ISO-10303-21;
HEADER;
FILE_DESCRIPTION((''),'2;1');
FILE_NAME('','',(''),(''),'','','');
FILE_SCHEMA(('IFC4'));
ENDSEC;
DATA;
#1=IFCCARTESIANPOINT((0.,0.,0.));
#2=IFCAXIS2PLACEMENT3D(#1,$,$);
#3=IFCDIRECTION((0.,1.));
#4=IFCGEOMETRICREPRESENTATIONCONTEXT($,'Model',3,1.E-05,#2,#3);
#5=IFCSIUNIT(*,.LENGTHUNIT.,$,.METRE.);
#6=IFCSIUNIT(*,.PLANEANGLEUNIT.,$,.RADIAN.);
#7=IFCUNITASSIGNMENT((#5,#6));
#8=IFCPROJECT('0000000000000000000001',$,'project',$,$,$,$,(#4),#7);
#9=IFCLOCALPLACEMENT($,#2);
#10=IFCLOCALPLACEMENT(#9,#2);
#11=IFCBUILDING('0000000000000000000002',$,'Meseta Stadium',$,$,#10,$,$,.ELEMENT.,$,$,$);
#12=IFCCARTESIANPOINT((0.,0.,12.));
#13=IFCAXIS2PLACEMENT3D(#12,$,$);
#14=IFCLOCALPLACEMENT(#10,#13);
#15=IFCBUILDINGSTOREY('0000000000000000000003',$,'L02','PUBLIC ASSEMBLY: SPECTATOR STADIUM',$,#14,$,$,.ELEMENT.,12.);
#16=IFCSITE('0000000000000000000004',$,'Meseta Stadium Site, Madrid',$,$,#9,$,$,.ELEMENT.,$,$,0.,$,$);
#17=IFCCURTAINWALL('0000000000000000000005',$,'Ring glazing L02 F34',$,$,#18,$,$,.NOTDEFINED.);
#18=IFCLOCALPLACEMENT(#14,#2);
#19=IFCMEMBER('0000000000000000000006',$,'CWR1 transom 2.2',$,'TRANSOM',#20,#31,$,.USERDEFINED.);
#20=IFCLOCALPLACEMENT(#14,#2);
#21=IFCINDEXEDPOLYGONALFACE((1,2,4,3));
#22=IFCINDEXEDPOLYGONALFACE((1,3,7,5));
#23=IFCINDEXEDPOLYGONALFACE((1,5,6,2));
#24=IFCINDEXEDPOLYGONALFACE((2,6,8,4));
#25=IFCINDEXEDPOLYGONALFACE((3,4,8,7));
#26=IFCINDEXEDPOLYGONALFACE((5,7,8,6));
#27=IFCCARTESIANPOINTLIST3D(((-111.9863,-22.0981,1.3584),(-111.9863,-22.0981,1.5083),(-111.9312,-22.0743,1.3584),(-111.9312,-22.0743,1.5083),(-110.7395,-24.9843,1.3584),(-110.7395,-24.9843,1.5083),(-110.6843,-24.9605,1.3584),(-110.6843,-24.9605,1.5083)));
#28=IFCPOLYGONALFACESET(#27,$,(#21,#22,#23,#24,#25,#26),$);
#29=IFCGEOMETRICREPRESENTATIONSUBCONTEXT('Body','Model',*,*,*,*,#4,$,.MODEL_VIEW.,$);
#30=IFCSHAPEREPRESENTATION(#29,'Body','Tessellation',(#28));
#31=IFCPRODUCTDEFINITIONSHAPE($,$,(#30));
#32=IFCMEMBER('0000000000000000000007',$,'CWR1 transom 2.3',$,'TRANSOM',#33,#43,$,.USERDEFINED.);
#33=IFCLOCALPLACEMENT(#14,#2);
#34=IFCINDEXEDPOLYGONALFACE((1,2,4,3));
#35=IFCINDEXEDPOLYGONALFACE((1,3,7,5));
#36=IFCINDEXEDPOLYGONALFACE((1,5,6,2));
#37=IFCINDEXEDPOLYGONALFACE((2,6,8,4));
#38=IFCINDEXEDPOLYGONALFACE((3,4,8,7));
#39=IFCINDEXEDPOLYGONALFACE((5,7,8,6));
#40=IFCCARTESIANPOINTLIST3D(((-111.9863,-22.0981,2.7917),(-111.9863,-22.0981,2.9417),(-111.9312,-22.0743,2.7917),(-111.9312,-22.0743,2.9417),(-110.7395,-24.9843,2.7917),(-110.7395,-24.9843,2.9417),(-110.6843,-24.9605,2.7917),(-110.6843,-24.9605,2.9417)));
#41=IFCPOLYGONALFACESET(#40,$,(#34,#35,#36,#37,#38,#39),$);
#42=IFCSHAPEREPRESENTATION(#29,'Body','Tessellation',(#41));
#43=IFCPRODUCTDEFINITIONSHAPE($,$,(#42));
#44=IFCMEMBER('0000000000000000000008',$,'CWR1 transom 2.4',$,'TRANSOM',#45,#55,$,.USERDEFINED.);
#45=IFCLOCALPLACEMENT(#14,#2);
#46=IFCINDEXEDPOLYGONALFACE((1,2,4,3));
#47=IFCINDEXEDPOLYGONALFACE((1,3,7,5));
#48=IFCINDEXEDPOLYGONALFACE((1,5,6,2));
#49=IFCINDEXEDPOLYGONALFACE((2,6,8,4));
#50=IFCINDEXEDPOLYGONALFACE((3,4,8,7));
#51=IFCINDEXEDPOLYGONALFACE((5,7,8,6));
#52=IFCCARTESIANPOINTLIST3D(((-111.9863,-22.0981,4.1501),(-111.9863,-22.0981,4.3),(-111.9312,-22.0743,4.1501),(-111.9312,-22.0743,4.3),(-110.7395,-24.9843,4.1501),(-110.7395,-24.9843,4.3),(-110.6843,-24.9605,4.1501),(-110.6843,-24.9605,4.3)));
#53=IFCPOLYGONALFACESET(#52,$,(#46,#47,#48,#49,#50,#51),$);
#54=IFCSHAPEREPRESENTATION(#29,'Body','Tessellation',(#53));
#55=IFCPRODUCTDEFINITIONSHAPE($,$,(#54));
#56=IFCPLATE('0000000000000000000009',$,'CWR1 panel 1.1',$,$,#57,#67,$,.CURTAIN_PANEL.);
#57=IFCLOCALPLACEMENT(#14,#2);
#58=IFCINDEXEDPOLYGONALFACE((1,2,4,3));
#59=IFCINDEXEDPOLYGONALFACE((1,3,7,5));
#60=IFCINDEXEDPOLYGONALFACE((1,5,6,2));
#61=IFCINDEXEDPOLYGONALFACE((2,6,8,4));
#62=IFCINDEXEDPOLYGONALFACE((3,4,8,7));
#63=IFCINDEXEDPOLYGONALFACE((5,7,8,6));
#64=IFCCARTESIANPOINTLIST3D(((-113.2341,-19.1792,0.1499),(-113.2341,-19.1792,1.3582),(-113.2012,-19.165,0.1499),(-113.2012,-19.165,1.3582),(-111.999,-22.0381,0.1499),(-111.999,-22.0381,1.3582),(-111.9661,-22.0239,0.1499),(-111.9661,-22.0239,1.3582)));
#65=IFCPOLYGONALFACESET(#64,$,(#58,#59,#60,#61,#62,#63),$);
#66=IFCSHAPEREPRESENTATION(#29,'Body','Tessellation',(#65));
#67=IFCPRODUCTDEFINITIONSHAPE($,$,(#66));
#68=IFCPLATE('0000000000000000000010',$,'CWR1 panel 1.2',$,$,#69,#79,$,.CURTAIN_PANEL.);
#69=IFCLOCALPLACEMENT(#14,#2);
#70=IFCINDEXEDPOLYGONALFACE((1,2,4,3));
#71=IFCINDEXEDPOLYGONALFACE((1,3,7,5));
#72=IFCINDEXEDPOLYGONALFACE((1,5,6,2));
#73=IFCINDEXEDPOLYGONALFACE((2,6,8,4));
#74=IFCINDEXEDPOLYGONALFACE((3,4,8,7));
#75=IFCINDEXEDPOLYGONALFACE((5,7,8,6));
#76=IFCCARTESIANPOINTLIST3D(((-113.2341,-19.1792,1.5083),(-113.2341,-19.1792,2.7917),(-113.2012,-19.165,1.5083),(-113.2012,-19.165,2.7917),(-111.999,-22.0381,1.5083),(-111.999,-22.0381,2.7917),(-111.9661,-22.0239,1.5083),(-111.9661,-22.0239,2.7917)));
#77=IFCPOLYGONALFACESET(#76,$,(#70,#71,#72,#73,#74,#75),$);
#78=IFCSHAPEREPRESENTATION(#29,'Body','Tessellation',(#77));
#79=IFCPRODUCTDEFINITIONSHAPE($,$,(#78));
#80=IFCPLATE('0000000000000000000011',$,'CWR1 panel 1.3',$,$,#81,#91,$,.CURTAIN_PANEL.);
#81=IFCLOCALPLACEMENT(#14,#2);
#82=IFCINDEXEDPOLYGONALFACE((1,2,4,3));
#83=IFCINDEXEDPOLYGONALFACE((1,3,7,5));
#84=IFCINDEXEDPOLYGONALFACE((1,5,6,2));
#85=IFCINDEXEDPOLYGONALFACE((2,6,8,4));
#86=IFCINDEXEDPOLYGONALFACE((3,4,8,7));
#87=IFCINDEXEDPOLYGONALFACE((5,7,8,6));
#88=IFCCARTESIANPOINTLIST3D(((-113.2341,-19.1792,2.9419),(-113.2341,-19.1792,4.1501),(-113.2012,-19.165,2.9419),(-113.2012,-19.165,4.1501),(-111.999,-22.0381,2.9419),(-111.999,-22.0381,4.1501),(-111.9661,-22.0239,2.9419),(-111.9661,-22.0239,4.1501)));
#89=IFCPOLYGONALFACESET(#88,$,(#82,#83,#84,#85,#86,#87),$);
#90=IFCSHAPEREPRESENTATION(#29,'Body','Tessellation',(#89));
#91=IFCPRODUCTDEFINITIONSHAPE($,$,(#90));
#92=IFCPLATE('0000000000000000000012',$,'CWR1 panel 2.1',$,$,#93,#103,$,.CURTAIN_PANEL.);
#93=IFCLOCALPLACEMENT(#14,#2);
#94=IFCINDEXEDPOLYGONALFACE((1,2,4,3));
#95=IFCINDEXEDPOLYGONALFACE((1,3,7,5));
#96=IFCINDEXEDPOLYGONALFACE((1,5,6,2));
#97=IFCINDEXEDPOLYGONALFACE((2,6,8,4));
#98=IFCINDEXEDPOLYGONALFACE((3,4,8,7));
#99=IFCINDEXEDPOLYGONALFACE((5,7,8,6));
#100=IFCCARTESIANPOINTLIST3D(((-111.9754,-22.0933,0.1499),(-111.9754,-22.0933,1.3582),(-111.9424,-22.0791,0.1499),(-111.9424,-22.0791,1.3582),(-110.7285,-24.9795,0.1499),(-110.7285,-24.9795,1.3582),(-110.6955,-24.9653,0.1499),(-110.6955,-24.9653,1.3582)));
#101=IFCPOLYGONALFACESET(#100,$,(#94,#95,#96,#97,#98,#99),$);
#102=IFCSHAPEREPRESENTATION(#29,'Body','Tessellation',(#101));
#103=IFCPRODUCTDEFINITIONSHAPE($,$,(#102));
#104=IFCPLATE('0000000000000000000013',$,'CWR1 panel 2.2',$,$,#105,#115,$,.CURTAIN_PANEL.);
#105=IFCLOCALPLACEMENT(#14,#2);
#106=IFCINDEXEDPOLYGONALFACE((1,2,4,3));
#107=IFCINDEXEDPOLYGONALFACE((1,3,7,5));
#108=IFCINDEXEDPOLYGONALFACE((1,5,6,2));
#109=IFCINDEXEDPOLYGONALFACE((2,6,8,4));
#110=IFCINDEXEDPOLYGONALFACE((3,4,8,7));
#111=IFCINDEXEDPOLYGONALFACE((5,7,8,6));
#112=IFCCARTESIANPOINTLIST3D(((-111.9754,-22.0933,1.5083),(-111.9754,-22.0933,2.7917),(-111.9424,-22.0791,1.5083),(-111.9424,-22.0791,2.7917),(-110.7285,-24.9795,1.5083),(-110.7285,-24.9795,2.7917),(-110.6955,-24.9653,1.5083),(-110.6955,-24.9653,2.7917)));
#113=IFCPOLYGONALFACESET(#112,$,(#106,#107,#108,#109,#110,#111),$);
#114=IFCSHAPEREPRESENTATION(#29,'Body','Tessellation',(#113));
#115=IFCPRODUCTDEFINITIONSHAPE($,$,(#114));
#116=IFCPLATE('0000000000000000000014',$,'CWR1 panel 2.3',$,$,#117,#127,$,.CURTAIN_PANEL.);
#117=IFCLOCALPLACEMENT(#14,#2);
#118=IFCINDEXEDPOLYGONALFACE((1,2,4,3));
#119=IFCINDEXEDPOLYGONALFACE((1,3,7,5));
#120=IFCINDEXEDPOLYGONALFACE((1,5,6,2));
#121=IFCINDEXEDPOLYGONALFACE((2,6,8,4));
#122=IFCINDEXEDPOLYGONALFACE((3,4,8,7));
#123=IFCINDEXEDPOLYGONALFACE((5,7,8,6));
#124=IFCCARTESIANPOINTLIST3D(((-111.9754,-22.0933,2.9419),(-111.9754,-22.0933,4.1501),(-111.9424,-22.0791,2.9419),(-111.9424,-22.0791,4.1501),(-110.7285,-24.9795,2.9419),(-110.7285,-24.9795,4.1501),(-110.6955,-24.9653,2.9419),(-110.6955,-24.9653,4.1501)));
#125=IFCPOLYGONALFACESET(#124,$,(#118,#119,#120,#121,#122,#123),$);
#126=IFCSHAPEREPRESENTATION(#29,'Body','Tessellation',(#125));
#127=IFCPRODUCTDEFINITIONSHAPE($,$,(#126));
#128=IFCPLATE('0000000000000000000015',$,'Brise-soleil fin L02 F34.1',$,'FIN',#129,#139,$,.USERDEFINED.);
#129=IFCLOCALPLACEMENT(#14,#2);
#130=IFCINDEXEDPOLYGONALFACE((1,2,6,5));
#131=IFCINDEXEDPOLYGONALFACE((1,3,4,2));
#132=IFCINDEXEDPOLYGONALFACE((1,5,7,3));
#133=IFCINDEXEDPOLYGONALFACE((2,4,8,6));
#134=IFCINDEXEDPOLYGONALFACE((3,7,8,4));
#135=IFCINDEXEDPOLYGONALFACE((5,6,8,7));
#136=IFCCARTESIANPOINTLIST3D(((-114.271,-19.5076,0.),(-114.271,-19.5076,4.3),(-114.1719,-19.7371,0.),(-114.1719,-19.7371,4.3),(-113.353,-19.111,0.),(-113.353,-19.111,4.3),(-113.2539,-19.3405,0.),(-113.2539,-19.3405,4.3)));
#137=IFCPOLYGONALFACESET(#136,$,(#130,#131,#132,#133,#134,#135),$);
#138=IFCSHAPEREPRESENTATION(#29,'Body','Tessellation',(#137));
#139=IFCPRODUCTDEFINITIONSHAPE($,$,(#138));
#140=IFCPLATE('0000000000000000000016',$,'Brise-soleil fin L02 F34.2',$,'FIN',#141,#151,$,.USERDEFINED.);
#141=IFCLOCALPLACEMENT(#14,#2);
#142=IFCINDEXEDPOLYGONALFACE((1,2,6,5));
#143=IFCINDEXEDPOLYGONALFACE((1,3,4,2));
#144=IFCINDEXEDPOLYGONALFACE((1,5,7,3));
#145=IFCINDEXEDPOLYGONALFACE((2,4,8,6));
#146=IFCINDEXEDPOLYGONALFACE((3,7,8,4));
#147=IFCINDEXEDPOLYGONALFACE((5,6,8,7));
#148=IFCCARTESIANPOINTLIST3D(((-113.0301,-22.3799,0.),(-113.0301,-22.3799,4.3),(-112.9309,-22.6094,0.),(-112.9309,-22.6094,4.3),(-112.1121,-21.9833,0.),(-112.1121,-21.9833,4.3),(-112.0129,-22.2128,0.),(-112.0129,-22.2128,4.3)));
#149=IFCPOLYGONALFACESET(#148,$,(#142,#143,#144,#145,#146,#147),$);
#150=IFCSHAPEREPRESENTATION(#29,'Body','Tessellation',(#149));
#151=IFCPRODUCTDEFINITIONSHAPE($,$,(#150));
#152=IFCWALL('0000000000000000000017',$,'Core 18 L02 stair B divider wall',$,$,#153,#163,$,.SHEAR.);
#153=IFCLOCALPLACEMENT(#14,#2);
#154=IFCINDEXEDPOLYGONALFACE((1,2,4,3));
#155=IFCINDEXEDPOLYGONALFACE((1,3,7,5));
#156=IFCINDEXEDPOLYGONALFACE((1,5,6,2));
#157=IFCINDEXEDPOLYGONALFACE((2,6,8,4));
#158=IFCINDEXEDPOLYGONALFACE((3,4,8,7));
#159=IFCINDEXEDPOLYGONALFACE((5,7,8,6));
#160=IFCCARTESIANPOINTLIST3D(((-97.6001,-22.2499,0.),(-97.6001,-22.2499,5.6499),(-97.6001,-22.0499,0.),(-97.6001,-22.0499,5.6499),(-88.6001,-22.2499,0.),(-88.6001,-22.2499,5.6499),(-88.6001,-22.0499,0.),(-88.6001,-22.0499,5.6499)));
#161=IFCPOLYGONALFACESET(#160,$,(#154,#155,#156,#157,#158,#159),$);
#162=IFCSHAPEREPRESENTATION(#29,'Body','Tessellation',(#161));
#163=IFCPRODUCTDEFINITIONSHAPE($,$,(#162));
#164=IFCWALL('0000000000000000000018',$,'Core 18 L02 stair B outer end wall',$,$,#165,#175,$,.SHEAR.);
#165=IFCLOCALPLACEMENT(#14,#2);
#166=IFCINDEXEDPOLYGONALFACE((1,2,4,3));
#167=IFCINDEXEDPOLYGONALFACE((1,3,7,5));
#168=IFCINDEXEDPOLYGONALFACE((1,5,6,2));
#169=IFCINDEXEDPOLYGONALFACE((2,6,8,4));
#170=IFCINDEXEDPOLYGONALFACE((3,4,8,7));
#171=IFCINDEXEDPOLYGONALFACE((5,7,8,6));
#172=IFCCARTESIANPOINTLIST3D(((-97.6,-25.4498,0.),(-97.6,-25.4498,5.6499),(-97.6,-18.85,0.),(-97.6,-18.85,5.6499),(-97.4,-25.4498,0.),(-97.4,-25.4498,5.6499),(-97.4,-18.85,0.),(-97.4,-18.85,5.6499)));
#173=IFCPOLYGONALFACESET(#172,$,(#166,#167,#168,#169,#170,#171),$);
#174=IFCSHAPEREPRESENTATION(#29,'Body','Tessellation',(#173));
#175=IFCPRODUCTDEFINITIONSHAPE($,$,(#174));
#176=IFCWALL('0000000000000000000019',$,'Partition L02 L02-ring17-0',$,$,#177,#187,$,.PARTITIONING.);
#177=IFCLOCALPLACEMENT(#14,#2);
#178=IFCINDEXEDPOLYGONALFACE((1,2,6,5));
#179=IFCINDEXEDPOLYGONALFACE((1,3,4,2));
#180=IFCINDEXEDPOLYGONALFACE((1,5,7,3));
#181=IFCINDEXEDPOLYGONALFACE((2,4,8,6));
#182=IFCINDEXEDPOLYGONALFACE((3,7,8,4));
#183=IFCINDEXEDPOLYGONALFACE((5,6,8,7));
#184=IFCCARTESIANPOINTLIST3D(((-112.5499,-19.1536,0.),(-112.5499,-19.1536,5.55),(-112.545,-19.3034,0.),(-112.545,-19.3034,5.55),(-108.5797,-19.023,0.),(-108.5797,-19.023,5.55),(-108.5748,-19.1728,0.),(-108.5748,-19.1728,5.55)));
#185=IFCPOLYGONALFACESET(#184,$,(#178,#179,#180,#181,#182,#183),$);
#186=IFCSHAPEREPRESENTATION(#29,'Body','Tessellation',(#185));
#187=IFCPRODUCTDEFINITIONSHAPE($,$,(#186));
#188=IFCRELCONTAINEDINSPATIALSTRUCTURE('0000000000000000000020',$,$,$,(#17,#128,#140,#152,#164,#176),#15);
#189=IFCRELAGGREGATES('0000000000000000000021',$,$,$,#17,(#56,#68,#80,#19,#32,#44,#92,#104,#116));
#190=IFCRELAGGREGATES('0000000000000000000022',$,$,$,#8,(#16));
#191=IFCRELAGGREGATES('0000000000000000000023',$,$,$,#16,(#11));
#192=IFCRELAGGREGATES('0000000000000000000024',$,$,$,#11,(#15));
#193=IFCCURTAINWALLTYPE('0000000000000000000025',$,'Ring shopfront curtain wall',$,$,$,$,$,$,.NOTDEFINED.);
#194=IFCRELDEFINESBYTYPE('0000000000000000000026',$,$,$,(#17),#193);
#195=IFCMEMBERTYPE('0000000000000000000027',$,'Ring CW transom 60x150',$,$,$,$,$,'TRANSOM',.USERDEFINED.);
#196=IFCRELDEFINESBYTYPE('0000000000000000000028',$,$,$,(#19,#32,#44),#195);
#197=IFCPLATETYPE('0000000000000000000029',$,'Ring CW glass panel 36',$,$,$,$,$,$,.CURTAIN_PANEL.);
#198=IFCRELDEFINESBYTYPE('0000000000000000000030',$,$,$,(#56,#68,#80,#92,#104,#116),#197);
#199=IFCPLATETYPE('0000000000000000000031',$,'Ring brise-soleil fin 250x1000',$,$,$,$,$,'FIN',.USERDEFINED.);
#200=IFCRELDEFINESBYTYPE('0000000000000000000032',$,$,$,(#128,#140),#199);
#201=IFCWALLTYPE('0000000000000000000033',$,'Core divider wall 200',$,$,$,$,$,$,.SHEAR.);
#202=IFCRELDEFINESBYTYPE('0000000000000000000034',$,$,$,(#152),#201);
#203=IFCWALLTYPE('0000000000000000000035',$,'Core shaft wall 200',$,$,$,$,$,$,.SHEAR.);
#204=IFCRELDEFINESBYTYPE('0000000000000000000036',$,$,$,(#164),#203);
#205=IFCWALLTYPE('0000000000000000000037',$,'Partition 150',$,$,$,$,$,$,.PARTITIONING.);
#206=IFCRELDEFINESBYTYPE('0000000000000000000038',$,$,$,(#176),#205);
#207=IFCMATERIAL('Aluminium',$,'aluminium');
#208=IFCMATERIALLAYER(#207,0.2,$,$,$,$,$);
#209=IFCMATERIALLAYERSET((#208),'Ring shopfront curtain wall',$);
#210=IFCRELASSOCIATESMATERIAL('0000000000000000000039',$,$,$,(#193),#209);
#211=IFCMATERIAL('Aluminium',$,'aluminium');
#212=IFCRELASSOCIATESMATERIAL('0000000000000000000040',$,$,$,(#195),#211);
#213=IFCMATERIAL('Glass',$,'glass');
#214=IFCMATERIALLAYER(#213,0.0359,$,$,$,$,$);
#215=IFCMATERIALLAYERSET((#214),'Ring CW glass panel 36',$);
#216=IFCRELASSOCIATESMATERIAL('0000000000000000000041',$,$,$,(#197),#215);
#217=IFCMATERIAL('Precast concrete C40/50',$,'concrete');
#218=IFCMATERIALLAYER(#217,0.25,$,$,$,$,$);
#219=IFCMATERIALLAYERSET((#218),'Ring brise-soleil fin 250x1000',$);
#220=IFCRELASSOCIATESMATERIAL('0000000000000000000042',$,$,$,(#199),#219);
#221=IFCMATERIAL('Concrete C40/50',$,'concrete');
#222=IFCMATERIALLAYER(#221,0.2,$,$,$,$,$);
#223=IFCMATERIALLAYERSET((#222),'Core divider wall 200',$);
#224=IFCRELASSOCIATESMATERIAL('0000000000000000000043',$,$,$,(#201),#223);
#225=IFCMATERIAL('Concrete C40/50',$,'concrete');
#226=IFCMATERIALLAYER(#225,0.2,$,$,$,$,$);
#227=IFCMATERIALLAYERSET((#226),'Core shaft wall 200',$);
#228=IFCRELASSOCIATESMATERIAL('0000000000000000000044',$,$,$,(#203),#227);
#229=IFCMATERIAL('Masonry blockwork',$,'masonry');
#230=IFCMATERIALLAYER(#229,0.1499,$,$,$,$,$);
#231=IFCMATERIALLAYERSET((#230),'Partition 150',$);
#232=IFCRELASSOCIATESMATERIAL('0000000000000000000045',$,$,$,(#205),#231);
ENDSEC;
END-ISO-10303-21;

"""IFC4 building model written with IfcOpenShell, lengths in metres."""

from ifc_helpers import new_model, si_unit, direction, frame, frame_2d, origin, origin_2d, place, context, subcontext, project, spatial, rectangle, extrude, material, layer, layer_set, material_profile, profile_set, type_object, element, aggregate, save


model = new_model("IFC4")

# Units and contexts
model_context = context("Model", 3, precision=1e-05, world=origin(), true_north=direction((0.0, 1.0)))
body_context = subcontext(model_context, "Body", "Model", "MODEL_VIEW")
ifc_project = project(units=[si_unit("LENGTHUNIT", "METRE"), si_unit("PLANEANGLEUNIT", "RADIAN")], contexts=[model_context])

# Site, building, storey
site_placement = place(None, origin())
site = spatial("IfcSite", under=ifc_project, at=site_placement, Name="Meseta Stadium Site, Madrid", CompositionType="ELEMENT", RefElevation=0.0)
building_placement = place(site_placement, origin())
building = spatial("IfcBuilding", under=site, at=building_placement, Name="Meseta Stadium", CompositionType="ELEMENT")
storey_placement = place(building_placement, frame((0.0, 0.0, 12.0)))
storey = spatial("IfcBuildingStorey", under=building, at=storey_placement, Name="L02", Description="PUBLIC ASSEMBLY: SPECTATOR STADIUM", CompositionType="ELEMENT", Elevation=12.0)

# Curtain wall, members, plates
ifc_material_1 = material(Name="Aluminium", Category="aluminium")
ifc_layer_1 = layer(ifc_material_1, 0.2)
ifc_layer_set_1 = layer_set([ifc_layer_1], Name="Ring shopfront curtain wall")
curtain_wall_type = type_object("IfcCurtainWallType", Name="Ring shopfront curtain wall", PredefinedType="NOTDEFINED", material=ifc_layer_set_1)
curtain_wall_placement = place(storey_placement, origin())
curtain_wall = element("IfcCurtainWall", 1, at=curtain_wall_placement, inside=storey, type_object=curtain_wall_type, Name="Ring glazing L02 F34", PredefinedType="NOTDEFINED")
ifc_material_2 = material(Name="Aluminium", Category="aluminium")
ifc_material_profile_1 = material_profile(ifc_material_2, rectangle(XDim=0.0601, YDim=0.1499, at=origin_2d()), Name="CW 60x150")
ifc_profile_set_1 = profile_set([ifc_material_profile_1], Name="Aluminium")
member_type_1 = type_object("IfcMemberType", Name="Ring CW transom 60x150", ElementType="TRANSOM", PredefinedType="USERDEFINED", material=ifc_profile_set_1)
member_1_placement = place(storey_placement, frame((-111.9587, -22.0862, 1.4333), z_axis=(0.39657, -0.918005, 0.0), x_axis=(0.918005, 0.39657, 0.0)))
member_1 = element("IfcMember", 2, at=member_1_placement, type_object=member_type_1, Name="CWR1 transom 2.2", ObjectType="TRANSOM", PredefinedType="USERDEFINED", context=body_context, shape_type="SweptSolid", body=[
    extrude(rectangle(XDim=0.0601, YDim=0.1499, at=origin_2d()), origin(), (0.0, 0.0, 1.0), 3.144),
])
member_2_placement = place(storey_placement, frame((-111.9587, -22.0862, 2.8667), z_axis=(0.39657, -0.918005, 0.0), x_axis=(0.918005, 0.39657, 0.0)))
member_2 = element("IfcMember", 3, at=member_2_placement, type_object=member_type_1, Name="CWR1 transom 2.3", ObjectType="TRANSOM", PredefinedType="USERDEFINED", context=body_context, shape_type="SweptSolid", body=[
    extrude(rectangle(XDim=0.0601, YDim=0.1499, at=origin_2d()), origin(), (0.0, 0.0, 1.0), 3.144),
])
member_3_placement = place(storey_placement, frame((-111.9587, -22.0862, 4.2251), z_axis=(0.39657, -0.918005, 0.0), x_axis=(0.918005, 0.39657, 0.0)))
member_3 = element("IfcMember", 4, at=member_3_placement, type_object=member_type_1, Name="CWR1 transom 2.4", ObjectType="TRANSOM", PredefinedType="USERDEFINED", context=body_context, shape_type="SweptSolid", body=[
    extrude(rectangle(XDim=0.0601, YDim=0.1499, at=origin_2d()), origin(), (0.0, 0.0, 1.0), 3.144),
])
ifc_material_3 = material(Name="Glass", Category="glass")
ifc_layer_2 = layer(ifc_material_3, 0.0359)
ifc_layer_set_2 = layer_set([ifc_layer_2], Name="Ring CW glass panel 36")
plate_type_1 = type_object("IfcPlateType", Name="Ring CW glass panel 36", PredefinedType="CURTAIN_PANEL", material=ifc_layer_set_2)
plate_1_placement = place(storey_placement, frame((-112.6001, -20.6016, 0.1499), z_axis=(0.0, 0.0, 1.0), x_axis=(0.396581, -0.918, 0.0)))
plate_1 = element("IfcPlate", 5, at=plate_1_placement, type_object=plate_type_1, Name="CWR1 panel 1.1", PredefinedType="CURTAIN_PANEL", context=body_context, shape_type="SweptSolid", body=[
    extrude(rectangle(XDim=3.1143, YDim=0.0359, at=origin_2d()), origin(), (0.0, 0.0, 1.0), 1.2083),
])
plate_2_placement = place(storey_placement, frame((-112.6001, -20.6016, 1.5083), z_axis=(0.0, 0.0, 1.0), x_axis=(0.396581, -0.918, 0.0)))
plate_2 = element("IfcPlate", 6, at=plate_2_placement, type_object=plate_type_1, Name="CWR1 panel 1.2", PredefinedType="CURTAIN_PANEL", context=body_context, shape_type="SweptSolid", body=[
    extrude(rectangle(XDim=3.1143, YDim=0.0359, at=origin_2d()), origin(), (0.0, 0.0, 1.0), 1.2834),
])
plate_3_placement = place(storey_placement, frame((-112.6001, -20.6016, 2.9419), z_axis=(0.0, 0.0, 1.0), x_axis=(0.396581, -0.918, 0.0)))
plate_3 = element("IfcPlate", 7, at=plate_3_placement, type_object=plate_type_1, Name="CWR1 panel 1.3", PredefinedType="CURTAIN_PANEL", context=body_context, shape_type="SweptSolid", body=[
    extrude(rectangle(XDim=3.1143, YDim=0.0359, at=origin_2d()), origin(), (0.0, 0.0, 1.0), 1.2083),
])
plate_4_placement = place(storey_placement, frame((-111.3354, -23.5293, 0.1499), z_axis=(0.0, 0.0, 1.0), x_axis=(0.396581, -0.918, 0.0)))
plate_4 = element("IfcPlate", 8, at=plate_4_placement, type_object=plate_type_1, Name="CWR1 panel 2.1", PredefinedType="CURTAIN_PANEL", context=body_context, shape_type="SweptSolid", body=[
    extrude(rectangle(XDim=3.144, YDim=0.0359, at=origin_2d()), origin(), (0.0, 0.0, 1.0), 1.2083),
])
plate_5_placement = place(storey_placement, frame((-111.3354, -23.5293, 1.5083), z_axis=(0.0, 0.0, 1.0), x_axis=(0.396581, -0.918, 0.0)))
plate_5 = element("IfcPlate", 9, at=plate_5_placement, type_object=plate_type_1, Name="CWR1 panel 2.2", PredefinedType="CURTAIN_PANEL", context=body_context, shape_type="SweptSolid", body=[
    extrude(rectangle(XDim=3.144, YDim=0.0359, at=origin_2d()), origin(), (0.0, 0.0, 1.0), 1.2834),
])
plate_6_placement = place(storey_placement, frame((-111.3354, -23.5293, 2.9419), z_axis=(0.0, 0.0, 1.0), x_axis=(0.396581, -0.918, 0.0)))
plate_6 = element("IfcPlate", 10, at=plate_6_placement, type_object=plate_type_1, Name="CWR1 panel 2.3", PredefinedType="CURTAIN_PANEL", context=body_context, shape_type="SweptSolid", body=[
    extrude(rectangle(XDim=3.144, YDim=0.0359, at=origin_2d()), origin(), (0.0, 0.0, 1.0), 1.2083),
])
aggregate(curtain_wall, [plate_1, plate_2, plate_3, member_1, member_2, member_3, plate_4, plate_5, plate_6])

# Plates
ifc_material_4 = material(Name="Precast concrete C40/50", Category="concrete")
ifc_layer_3 = layer(ifc_material_4, 0.25)
ifc_layer_set_3 = layer_set([ifc_layer_3], Name="Ring brise-soleil fin 250x1000")
plate_type_2 = type_object("IfcPlateType", Name="Ring brise-soleil fin 250x1000", ElementType="FIN", PredefinedType="USERDEFINED", material=ifc_layer_set_3)
for number, where, z_axis, x_axis, name in (
    (11, (-113.7625, -19.4241, 0.0), (0.0, 0.0, 1.0), (0.396576, -0.918002, 0.0), "Brise-soleil fin L02 F34.1"),
    (12, (-112.5215, -22.2964, 0.0), (0.0, 0.0, 1.0), (0.396576, -0.918002, 0.0), "Brise-soleil fin L02 F34.2"),
):
    element("IfcPlate", number, at=place(storey_placement, frame(where, z_axis=z_axis, x_axis=x_axis)), inside=storey, type_object=plate_type_2, Name=name, ObjectType="FIN", PredefinedType="USERDEFINED", context=body_context, shape_type="SweptSolid", body=[
        extrude(rectangle(XDim=0.25, YDim=1.0, at=origin_2d()), origin(), (0.0, 0.0, 1.0), 4.3),
    ])

# Walls
ifc_material_5 = material(Name="Concrete C40/50", Category="concrete")
ifc_layer_4 = layer(ifc_material_5, 0.2)
ifc_layer_set_4 = layer_set([ifc_layer_4], Name="Core divider wall 200")
wall_type_1 = type_object("IfcWallType", Name="Core divider wall 200", PredefinedType="SHEAR", material=ifc_layer_set_4)
wall_1_placement = place(storey_placement, frame((-97.6001, -22.1499, 0.0), z_axis=(0.0, 0.0, 1.0), x_axis=(1.0, 0.0, 0.0)))
element("IfcWall", 13, at=wall_1_placement, inside=storey, type_object=wall_type_1, Name="Core 18 L02 stair B divider wall", PredefinedType="SHEAR", context=body_context, shape_type="SweptSolid", body=[
    extrude(rectangle(XDim=9.0, YDim=0.2, at=frame_2d((4.5, 0.0))), origin(), (0.0, 0.0, 1.0), 5.6499),
])
ifc_material_6 = material(Name="Concrete C40/50", Category="concrete")
ifc_layer_5 = layer(ifc_material_6, 0.2)
ifc_layer_set_5 = layer_set([ifc_layer_5], Name="Core shaft wall 200")
wall_type_2 = type_object("IfcWallType", Name="Core shaft wall 200", PredefinedType="SHEAR", material=ifc_layer_set_5)
wall_2_placement = place(storey_placement, frame((-97.5, -18.8501, 0.0), z_axis=(0.0, 0.0, 1.0), x_axis=(0.0, -1.0, 0.0)))
element("IfcWall", 14, at=wall_2_placement, inside=storey, type_object=wall_type_2, Name="Core 18 L02 stair B outer end wall", PredefinedType="SHEAR", context=body_context, shape_type="SweptSolid", body=[
    extrude(rectangle(XDim=6.5999, YDim=0.2, at=frame_2d((3.2998, 0.0))), origin(), (0.0, 0.0, 1.0), 5.6499),
])
ifc_material_7 = material(Name="Masonry blockwork", Category="masonry")
ifc_layer_6 = layer(ifc_material_7, 0.1499)
ifc_layer_set_6 = layer_set([ifc_layer_6], Name="Partition 150")
wall_type_3 = type_object("IfcWallType", Name="Partition 150", PredefinedType="PARTITIONING", material=ifc_layer_set_6)
wall_3_placement = place(storey_placement, frame((-112.5476, -19.2285, 0.0), z_axis=(0.0, 0.0, 1.0), x_axis=(0.999459, 0.032881, 0.0)))
element("IfcWall", 15, at=wall_3_placement, inside=storey, type_object=wall_type_3, Name="Partition L02 L02-ring17-0", PredefinedType="PARTITIONING", context=body_context, shape_type="SweptSolid", body=[
    extrude(rectangle(XDim=3.9724, YDim=0.1499, at=frame_2d((1.9863, 0.0))), origin(), (0.0, 0.0, 1.0), 5.55),
])

save(model, "model.ifc")
